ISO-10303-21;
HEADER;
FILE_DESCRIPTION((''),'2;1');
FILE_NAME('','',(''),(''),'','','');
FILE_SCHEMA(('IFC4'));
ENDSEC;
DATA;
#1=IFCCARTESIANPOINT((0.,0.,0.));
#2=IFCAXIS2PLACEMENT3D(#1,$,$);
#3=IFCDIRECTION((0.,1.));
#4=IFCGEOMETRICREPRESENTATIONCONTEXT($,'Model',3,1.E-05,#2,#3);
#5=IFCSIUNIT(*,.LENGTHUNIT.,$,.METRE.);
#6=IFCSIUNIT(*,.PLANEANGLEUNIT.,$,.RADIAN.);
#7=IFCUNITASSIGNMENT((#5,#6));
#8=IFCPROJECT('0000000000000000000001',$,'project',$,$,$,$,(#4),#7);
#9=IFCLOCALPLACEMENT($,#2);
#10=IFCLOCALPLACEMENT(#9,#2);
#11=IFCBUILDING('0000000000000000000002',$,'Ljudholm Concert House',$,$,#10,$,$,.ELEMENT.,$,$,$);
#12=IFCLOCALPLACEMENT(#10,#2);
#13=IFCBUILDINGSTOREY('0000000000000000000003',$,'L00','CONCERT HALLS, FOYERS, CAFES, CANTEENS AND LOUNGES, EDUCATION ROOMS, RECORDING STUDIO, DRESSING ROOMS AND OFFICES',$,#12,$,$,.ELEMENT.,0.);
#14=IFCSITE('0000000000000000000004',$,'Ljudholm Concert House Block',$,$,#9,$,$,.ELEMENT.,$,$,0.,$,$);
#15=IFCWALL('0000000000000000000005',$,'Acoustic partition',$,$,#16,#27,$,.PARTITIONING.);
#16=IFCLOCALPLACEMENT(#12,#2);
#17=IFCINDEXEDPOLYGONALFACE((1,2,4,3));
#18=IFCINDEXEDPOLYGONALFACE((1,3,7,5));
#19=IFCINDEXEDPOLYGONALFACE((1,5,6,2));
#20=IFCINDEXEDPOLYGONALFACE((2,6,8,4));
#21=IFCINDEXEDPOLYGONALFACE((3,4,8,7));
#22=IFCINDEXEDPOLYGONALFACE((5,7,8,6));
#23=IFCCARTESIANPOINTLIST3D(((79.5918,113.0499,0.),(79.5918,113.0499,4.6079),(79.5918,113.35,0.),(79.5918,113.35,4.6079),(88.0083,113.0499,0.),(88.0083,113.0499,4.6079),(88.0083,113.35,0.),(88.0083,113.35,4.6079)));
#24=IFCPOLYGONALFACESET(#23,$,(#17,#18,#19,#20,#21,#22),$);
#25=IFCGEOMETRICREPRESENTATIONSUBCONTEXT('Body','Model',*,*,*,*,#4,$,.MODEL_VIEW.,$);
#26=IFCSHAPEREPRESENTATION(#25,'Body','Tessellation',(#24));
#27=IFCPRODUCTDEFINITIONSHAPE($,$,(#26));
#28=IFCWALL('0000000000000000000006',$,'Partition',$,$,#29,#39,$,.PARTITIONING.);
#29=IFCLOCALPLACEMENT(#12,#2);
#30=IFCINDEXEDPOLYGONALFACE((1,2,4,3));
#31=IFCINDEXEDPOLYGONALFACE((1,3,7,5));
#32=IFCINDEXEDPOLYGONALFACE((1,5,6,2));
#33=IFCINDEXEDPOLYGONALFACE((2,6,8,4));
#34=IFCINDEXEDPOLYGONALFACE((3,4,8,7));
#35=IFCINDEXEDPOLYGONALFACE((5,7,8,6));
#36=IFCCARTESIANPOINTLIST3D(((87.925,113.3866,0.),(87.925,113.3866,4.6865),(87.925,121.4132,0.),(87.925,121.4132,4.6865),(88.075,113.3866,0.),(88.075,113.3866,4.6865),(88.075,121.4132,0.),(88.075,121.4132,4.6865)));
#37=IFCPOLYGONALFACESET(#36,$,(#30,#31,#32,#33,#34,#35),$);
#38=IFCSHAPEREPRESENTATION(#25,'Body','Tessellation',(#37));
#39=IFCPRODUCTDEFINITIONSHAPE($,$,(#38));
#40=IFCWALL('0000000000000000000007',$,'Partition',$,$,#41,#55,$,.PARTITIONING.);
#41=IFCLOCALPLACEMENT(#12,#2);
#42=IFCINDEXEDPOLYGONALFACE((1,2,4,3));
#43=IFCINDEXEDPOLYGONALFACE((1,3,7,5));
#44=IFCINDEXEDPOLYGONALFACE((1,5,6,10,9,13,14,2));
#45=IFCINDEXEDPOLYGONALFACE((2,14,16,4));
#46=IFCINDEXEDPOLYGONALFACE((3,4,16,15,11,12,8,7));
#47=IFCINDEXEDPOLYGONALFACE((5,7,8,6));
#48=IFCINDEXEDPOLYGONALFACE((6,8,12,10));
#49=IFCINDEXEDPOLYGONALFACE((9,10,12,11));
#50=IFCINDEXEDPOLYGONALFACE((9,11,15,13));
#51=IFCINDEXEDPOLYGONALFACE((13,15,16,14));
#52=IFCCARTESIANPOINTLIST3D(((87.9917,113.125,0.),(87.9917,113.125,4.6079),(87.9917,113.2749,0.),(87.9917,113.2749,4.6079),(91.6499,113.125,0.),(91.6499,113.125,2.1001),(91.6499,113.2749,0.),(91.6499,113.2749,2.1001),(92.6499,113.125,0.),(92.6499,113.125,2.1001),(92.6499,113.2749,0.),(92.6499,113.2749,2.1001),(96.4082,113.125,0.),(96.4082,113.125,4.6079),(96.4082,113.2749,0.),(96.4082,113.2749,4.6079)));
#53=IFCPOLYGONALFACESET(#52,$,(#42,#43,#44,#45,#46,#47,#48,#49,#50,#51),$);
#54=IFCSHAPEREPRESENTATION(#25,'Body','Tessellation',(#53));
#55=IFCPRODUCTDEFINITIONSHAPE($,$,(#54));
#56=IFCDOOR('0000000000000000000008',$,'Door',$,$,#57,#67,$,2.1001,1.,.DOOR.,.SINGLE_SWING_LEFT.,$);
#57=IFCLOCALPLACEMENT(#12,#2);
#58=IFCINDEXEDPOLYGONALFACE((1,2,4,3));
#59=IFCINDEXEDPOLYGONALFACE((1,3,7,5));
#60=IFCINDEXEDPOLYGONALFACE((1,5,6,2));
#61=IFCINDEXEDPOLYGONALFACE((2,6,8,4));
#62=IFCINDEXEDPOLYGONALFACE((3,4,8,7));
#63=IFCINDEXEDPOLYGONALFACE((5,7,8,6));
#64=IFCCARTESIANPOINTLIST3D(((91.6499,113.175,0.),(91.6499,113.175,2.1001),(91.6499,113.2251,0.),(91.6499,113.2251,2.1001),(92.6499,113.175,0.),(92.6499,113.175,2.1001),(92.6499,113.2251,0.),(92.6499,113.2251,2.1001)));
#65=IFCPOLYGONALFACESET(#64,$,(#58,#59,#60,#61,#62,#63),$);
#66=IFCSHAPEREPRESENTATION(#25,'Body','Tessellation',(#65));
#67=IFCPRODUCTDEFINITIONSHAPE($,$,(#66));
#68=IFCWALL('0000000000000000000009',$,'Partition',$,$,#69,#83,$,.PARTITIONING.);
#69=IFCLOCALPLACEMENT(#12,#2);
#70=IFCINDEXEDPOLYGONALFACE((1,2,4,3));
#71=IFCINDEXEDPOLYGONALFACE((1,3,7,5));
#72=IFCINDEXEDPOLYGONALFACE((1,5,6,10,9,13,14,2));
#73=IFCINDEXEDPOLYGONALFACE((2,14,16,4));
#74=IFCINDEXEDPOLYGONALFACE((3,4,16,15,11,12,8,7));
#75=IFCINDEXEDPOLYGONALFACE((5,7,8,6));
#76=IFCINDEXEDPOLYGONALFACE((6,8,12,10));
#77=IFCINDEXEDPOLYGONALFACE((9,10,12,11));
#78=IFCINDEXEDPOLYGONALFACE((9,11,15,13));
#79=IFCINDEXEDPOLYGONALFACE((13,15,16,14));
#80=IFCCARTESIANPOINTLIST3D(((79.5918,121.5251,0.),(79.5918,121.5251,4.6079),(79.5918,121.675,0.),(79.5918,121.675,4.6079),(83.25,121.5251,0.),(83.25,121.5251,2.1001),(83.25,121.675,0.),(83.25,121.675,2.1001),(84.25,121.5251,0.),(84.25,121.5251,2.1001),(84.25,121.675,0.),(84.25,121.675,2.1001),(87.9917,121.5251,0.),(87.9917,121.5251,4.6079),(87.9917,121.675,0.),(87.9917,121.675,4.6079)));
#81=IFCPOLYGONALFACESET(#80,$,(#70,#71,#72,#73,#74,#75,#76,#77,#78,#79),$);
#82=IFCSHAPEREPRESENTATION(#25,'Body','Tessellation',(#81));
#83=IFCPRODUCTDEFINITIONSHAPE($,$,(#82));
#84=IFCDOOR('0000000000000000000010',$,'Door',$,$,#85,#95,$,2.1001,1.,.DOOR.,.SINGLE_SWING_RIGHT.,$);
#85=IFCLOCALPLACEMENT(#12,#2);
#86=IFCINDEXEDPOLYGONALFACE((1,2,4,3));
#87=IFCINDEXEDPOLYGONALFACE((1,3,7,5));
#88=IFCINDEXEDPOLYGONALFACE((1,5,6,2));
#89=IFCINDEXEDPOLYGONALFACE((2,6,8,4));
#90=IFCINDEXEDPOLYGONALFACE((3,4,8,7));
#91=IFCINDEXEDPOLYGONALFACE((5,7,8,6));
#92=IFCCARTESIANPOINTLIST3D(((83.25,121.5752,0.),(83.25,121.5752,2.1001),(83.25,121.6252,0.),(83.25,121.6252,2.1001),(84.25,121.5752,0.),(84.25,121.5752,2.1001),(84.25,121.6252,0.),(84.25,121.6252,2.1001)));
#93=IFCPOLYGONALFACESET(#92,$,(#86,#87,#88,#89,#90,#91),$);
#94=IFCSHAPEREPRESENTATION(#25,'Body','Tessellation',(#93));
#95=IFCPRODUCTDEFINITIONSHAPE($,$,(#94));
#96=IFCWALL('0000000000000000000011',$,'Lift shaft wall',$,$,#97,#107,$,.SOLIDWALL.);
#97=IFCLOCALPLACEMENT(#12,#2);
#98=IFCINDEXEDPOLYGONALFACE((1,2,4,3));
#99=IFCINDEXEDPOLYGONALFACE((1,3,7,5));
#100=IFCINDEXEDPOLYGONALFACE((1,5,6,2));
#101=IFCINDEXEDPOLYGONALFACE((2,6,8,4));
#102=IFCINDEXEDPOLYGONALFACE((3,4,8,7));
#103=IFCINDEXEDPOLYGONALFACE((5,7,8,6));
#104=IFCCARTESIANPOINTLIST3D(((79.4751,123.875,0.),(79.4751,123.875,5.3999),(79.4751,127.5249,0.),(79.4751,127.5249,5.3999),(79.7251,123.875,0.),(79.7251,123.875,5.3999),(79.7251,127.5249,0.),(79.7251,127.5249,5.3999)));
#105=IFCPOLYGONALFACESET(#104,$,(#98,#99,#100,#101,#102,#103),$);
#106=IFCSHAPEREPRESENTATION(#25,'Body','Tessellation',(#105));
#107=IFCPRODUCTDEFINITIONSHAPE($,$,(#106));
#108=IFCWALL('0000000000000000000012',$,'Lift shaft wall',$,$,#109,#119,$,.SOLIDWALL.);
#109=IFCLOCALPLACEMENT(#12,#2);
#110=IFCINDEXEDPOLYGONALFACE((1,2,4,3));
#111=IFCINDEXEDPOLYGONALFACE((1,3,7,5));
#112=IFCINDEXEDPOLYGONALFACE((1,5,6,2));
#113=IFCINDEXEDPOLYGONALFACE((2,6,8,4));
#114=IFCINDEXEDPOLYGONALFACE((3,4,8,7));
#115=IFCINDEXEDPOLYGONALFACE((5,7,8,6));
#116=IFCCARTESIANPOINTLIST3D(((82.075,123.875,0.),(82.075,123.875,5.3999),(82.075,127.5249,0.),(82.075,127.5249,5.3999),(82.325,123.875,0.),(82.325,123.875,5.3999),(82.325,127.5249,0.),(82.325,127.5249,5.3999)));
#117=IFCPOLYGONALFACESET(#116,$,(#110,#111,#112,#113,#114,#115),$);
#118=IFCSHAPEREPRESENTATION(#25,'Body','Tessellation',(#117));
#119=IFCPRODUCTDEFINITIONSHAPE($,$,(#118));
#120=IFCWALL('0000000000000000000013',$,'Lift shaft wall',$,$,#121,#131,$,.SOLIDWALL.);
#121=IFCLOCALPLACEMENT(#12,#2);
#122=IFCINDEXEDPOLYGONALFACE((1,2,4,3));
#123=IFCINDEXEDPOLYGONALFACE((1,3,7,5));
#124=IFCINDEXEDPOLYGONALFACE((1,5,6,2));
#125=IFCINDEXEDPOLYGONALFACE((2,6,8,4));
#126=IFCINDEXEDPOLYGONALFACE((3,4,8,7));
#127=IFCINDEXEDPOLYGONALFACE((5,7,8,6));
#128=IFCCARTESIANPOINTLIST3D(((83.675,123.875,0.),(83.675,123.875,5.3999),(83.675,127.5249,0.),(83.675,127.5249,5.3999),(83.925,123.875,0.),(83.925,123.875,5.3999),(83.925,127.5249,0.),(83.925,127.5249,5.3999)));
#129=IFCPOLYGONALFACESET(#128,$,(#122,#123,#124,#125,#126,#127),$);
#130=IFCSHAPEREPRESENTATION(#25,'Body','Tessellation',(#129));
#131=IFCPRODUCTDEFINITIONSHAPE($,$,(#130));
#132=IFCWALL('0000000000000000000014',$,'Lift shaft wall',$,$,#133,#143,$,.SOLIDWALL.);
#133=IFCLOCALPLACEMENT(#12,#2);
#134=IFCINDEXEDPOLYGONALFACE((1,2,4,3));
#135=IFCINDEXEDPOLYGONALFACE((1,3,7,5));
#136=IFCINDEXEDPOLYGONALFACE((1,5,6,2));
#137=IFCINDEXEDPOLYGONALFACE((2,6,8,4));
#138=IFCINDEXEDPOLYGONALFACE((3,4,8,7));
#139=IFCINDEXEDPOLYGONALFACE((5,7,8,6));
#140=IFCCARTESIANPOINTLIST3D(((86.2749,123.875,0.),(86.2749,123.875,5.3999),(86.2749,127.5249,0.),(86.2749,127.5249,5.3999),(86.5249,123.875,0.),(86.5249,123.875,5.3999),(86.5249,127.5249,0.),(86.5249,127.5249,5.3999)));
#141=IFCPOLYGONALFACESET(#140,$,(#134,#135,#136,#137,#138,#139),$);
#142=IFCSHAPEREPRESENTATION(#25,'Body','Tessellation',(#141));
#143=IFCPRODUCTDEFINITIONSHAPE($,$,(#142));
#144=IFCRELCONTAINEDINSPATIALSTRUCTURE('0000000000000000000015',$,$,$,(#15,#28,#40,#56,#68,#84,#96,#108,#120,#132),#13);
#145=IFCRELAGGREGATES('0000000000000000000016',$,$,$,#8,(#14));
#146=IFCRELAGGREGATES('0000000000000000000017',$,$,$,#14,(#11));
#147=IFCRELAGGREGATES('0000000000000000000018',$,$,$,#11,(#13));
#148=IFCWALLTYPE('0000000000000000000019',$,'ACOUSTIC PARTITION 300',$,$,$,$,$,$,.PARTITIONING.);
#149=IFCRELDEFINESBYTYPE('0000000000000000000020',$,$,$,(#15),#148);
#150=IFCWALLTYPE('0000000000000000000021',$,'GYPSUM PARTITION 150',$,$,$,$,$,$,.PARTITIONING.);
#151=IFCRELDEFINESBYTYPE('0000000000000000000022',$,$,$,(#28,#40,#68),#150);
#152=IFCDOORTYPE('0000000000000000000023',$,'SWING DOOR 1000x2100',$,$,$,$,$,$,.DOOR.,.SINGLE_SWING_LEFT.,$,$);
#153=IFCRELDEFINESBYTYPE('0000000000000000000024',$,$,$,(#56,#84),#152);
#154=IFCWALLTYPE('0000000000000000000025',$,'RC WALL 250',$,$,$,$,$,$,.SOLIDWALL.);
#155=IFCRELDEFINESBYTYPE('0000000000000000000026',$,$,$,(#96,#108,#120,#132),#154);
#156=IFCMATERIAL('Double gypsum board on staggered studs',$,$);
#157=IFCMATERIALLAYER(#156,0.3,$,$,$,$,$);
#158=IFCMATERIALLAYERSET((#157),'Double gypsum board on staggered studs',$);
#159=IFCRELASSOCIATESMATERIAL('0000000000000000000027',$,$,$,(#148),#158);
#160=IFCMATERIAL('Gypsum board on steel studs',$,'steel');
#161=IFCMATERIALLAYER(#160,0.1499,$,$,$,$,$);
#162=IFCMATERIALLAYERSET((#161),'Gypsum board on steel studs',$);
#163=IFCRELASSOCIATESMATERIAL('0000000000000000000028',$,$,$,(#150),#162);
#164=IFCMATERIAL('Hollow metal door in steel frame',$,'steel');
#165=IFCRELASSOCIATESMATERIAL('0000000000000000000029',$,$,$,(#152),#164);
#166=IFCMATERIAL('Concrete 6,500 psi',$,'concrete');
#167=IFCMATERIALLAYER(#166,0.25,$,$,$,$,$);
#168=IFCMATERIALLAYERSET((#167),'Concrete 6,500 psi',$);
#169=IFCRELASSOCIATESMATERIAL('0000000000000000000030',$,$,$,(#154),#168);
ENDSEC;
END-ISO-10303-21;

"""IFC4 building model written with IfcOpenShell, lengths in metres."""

from ifc_helpers import new_model, si_unit, direction, frame, frame_2d, origin, place, context, subcontext, project, spatial, rectangle, extrude, material, layer, layer_set, type_object, element, fill, save


model = new_model("IFC4")

# Units and contexts
model_context = context("Model", 3, precision=1e-05, world=origin(), true_north=direction((0.0, 1.0)))
body_context = subcontext(model_context, "Body", "Model", "MODEL_VIEW")
ifc_project = project(units=[si_unit("LENGTHUNIT", "METRE"), si_unit("PLANEANGLEUNIT", "RADIAN")], contexts=[model_context])

# Site, building, storey
site_placement = place(None, origin())
site = spatial("IfcSite", under=ifc_project, at=site_placement, Name="Ljudholm Concert House Block", CompositionType="ELEMENT", RefElevation=0.0)
building_placement = place(site_placement, origin())
building = spatial("IfcBuilding", under=site, at=building_placement, Name="Ljudholm Concert House", CompositionType="ELEMENT")
storey_placement = place(building_placement, origin())
storey = spatial("IfcBuildingStorey", under=building, at=storey_placement, Name="L00", Description="CONCERT HALLS, FOYERS, CAFES, CANTEENS AND LOUNGES, EDUCATION ROOMS, RECORDING STUDIO, DRESSING ROOMS AND OFFICES", CompositionType="ELEMENT", Elevation=0.0)

# Walls
ifc_material_1 = material(Name="Double gypsum board on staggered studs")
ifc_layer_1 = layer(ifc_material_1, 0.3)
ifc_layer_set_1 = layer_set([ifc_layer_1], Name="Double gypsum board on staggered studs")
wall_type_1 = type_object("IfcWallType", Name="ACOUSTIC PARTITION 300", PredefinedType="PARTITIONING", material=ifc_layer_set_1)
wall_1_placement = place(storey_placement, frame((79.5918, 113.2, 0.0), z_axis=(0.0, 0.0, 1.0), x_axis=(1.0, 0.0, 0.0)))
element("IfcWall", 1, at=wall_1_placement, inside=storey, type_object=wall_type_1, Name="Acoustic partition", PredefinedType="PARTITIONING", context=body_context, shape_type="SweptSolid", body=[
    extrude(rectangle(XDim=8.4165, YDim=0.3, at=frame_2d((4.2083, 0.0))), origin(), (0.0, 0.0, 1.0), 4.6079),
])
ifc_material_2 = material(Name="Gypsum board on steel studs", Category="steel")
ifc_layer_2 = layer(ifc_material_2, 0.1499)
ifc_layer_set_2 = layer_set([ifc_layer_2], Name="Gypsum board on steel studs")
wall_type_2 = type_object("IfcWallType", Name="GYPSUM PARTITION 150", PredefinedType="PARTITIONING", material=ifc_layer_set_2)
wall_2_placement = place(storey_placement, frame((88.0, 113.3867, 0.0), z_axis=(0.0, 0.0, 1.0), x_axis=(0.0, 1.0, 0.0)))
element("IfcWall", 2, at=wall_2_placement, inside=storey, type_object=wall_type_2, Name="Partition", PredefinedType="PARTITIONING", context=body_context, shape_type="SweptSolid", body=[
    extrude(rectangle(XDim=8.0266, YDim=0.1499, at=frame_2d((4.0132, 0.0))), origin(), (0.0, 0.0, 1.0), 4.6865),
])

# Walls, openings, doors
wall_3_placement = place(storey_placement, frame((87.9917, 113.2, 0.0), z_axis=(0.0, 0.0, 1.0), x_axis=(1.0, 0.0, 0.0)))
wall_3 = element("IfcWall", 3, at=wall_3_placement, inside=storey, type_object=wall_type_2, Name="Partition", PredefinedType="PARTITIONING", context=body_context, shape_type="SweptSolid", body=[
    extrude(rectangle(XDim=8.4165, YDim=0.1499, at=frame_2d((4.2083, 0.0))), origin(), (0.0, 0.0, 1.0), 4.6079),
])
opening_1_placement = place(wall_3_placement, frame((3.6582, 0.0, 0.0)))
opening_1 = element("IfcOpeningElement", 4, at=opening_1_placement, cuts=wall_3, PredefinedType="OPENING", context=body_context, shape_type="SweptSolid", body=[
    extrude(rectangle(XDim=1.0, YDim=2.1001, at=frame_2d((0.5, 1.05))), frame((0.0, 0.085, 0.0), z_axis=(0.0, -1.0, 0.0), x_axis=(1.0, 0.0, 0.0)), (0.0, 0.0, 1.0), 0.1699),
])
ifc_material_3 = material(Name="Hollow metal door in steel frame", Category="steel")
door_type = type_object("IfcDoorType", Name="SWING DOOR 1000x2100", OperationType="SINGLE_SWING_LEFT", PredefinedType="DOOR", material=ifc_material_3)
door_1_placement = place(opening_1_placement, frame((1.0, 0.0, 0.0), z_axis=(0.0, 0.0, 1.0), x_axis=(-1.0, 0.0, 0.0)))
door_1 = element("IfcDoor", 5, at=door_1_placement, inside=storey, type_object=door_type, Name="Door", OperationType="SINGLE_SWING_LEFT", OverallHeight=2.1001, OverallWidth=1.0, PredefinedType="DOOR", context=body_context, shape_type="SweptSolid", body=[
    extrude(rectangle(XDim=1.0, YDim=2.1001, at=frame_2d((0.5, 1.05))), frame((0.0, 0.0249, 0.0), z_axis=(0.0, -1.0, 0.0), x_axis=(1.0, 0.0, 0.0)), (0.0, 0.0, 1.0), 0.05),
])
fill(opening_1, door_1)
wall_4_placement = place(storey_placement, frame((79.5918, 121.6001, 0.0), z_axis=(0.0, 0.0, 1.0), x_axis=(1.0, 0.0, 0.0)))
wall_4 = element("IfcWall", 6, at=wall_4_placement, inside=storey, type_object=wall_type_2, Name="Partition", PredefinedType="PARTITIONING", context=body_context, shape_type="SweptSolid", body=[
    extrude(rectangle(XDim=8.3999, YDim=0.1499, at=frame_2d((4.2, 0.0))), origin(), (0.0, 0.0, 1.0), 4.6079),
])
opening_2_placement = place(wall_4_placement, frame((3.6582, 0.0, 0.0)))
opening_2 = element("IfcOpeningElement", 7, at=opening_2_placement, cuts=wall_4, PredefinedType="OPENING", context=body_context, shape_type="SweptSolid", body=[
    extrude(rectangle(XDim=1.0, YDim=2.1001, at=frame_2d((0.5, 1.05))), frame((0.0, 0.085, 0.0), z_axis=(0.0, -1.0, 0.0), x_axis=(1.0, 0.0, 0.0)), (0.0, 0.0, 1.0), 0.1699),
])
door_2_placement = place(opening_2_placement, frame((1.0, 0.0, 0.0), z_axis=(0.0, 0.0, 1.0), x_axis=(-1.0, 0.0, 0.0)))
door_2 = element("IfcDoor", 8, at=door_2_placement, inside=storey, type_object=door_type, Name="Door", OperationType="SINGLE_SWING_RIGHT", OverallHeight=2.1001, OverallWidth=1.0, PredefinedType="DOOR", context=body_context, shape_type="SweptSolid", body=[
    extrude(rectangle(XDim=1.0, YDim=2.1001, at=frame_2d((0.5, 1.05))), frame((0.0, 0.0249, 0.0), z_axis=(0.0, -1.0, 0.0), x_axis=(1.0, 0.0, 0.0)), (0.0, 0.0, 1.0), 0.05),
])
fill(opening_2, door_2)

# Walls
ifc_material_4 = material(Name="Concrete 6,500 psi", Category="concrete")
ifc_layer_3 = layer(ifc_material_4, 0.25)
ifc_layer_set_3 = layer_set([ifc_layer_3], Name="Concrete 6,500 psi")
wall_type_3 = type_object("IfcWallType", Name="RC WALL 250", PredefinedType="SOLIDWALL", material=ifc_layer_set_3)
for number, where, z_axis, x_axis, name in (
    (9, (79.6001, 123.875, 0.0), (0.0, 0.0, 1.0), (0.0, 1.0, 0.0), "Lift shaft wall"),
    (10, (82.2, 123.875, 0.0), (0.0, 0.0, 1.0), (0.0, 1.0, 0.0), "Lift shaft wall"),
    (11, (83.8, 123.875, 0.0), (0.0, 0.0, 1.0), (0.0, 1.0, 0.0), "Lift shaft wall"),
    (12, (86.3999, 123.875, 0.0), (0.0, 0.0, 1.0), (0.0, 1.0, 0.0), "Lift shaft wall"),
):
    element("IfcWall", number, at=place(storey_placement, frame(where, z_axis=z_axis, x_axis=x_axis)), inside=storey, type_object=wall_type_3, Name=name, PredefinedType="SOLIDWALL", context=body_context, shape_type="SweptSolid", body=[
        extrude(rectangle(XDim=3.6499, YDim=0.25, at=frame_2d((1.825, 0.0))), origin(), (0.0, 0.0, 1.0), 5.3999),
    ])

save(model, "model.ifc")
